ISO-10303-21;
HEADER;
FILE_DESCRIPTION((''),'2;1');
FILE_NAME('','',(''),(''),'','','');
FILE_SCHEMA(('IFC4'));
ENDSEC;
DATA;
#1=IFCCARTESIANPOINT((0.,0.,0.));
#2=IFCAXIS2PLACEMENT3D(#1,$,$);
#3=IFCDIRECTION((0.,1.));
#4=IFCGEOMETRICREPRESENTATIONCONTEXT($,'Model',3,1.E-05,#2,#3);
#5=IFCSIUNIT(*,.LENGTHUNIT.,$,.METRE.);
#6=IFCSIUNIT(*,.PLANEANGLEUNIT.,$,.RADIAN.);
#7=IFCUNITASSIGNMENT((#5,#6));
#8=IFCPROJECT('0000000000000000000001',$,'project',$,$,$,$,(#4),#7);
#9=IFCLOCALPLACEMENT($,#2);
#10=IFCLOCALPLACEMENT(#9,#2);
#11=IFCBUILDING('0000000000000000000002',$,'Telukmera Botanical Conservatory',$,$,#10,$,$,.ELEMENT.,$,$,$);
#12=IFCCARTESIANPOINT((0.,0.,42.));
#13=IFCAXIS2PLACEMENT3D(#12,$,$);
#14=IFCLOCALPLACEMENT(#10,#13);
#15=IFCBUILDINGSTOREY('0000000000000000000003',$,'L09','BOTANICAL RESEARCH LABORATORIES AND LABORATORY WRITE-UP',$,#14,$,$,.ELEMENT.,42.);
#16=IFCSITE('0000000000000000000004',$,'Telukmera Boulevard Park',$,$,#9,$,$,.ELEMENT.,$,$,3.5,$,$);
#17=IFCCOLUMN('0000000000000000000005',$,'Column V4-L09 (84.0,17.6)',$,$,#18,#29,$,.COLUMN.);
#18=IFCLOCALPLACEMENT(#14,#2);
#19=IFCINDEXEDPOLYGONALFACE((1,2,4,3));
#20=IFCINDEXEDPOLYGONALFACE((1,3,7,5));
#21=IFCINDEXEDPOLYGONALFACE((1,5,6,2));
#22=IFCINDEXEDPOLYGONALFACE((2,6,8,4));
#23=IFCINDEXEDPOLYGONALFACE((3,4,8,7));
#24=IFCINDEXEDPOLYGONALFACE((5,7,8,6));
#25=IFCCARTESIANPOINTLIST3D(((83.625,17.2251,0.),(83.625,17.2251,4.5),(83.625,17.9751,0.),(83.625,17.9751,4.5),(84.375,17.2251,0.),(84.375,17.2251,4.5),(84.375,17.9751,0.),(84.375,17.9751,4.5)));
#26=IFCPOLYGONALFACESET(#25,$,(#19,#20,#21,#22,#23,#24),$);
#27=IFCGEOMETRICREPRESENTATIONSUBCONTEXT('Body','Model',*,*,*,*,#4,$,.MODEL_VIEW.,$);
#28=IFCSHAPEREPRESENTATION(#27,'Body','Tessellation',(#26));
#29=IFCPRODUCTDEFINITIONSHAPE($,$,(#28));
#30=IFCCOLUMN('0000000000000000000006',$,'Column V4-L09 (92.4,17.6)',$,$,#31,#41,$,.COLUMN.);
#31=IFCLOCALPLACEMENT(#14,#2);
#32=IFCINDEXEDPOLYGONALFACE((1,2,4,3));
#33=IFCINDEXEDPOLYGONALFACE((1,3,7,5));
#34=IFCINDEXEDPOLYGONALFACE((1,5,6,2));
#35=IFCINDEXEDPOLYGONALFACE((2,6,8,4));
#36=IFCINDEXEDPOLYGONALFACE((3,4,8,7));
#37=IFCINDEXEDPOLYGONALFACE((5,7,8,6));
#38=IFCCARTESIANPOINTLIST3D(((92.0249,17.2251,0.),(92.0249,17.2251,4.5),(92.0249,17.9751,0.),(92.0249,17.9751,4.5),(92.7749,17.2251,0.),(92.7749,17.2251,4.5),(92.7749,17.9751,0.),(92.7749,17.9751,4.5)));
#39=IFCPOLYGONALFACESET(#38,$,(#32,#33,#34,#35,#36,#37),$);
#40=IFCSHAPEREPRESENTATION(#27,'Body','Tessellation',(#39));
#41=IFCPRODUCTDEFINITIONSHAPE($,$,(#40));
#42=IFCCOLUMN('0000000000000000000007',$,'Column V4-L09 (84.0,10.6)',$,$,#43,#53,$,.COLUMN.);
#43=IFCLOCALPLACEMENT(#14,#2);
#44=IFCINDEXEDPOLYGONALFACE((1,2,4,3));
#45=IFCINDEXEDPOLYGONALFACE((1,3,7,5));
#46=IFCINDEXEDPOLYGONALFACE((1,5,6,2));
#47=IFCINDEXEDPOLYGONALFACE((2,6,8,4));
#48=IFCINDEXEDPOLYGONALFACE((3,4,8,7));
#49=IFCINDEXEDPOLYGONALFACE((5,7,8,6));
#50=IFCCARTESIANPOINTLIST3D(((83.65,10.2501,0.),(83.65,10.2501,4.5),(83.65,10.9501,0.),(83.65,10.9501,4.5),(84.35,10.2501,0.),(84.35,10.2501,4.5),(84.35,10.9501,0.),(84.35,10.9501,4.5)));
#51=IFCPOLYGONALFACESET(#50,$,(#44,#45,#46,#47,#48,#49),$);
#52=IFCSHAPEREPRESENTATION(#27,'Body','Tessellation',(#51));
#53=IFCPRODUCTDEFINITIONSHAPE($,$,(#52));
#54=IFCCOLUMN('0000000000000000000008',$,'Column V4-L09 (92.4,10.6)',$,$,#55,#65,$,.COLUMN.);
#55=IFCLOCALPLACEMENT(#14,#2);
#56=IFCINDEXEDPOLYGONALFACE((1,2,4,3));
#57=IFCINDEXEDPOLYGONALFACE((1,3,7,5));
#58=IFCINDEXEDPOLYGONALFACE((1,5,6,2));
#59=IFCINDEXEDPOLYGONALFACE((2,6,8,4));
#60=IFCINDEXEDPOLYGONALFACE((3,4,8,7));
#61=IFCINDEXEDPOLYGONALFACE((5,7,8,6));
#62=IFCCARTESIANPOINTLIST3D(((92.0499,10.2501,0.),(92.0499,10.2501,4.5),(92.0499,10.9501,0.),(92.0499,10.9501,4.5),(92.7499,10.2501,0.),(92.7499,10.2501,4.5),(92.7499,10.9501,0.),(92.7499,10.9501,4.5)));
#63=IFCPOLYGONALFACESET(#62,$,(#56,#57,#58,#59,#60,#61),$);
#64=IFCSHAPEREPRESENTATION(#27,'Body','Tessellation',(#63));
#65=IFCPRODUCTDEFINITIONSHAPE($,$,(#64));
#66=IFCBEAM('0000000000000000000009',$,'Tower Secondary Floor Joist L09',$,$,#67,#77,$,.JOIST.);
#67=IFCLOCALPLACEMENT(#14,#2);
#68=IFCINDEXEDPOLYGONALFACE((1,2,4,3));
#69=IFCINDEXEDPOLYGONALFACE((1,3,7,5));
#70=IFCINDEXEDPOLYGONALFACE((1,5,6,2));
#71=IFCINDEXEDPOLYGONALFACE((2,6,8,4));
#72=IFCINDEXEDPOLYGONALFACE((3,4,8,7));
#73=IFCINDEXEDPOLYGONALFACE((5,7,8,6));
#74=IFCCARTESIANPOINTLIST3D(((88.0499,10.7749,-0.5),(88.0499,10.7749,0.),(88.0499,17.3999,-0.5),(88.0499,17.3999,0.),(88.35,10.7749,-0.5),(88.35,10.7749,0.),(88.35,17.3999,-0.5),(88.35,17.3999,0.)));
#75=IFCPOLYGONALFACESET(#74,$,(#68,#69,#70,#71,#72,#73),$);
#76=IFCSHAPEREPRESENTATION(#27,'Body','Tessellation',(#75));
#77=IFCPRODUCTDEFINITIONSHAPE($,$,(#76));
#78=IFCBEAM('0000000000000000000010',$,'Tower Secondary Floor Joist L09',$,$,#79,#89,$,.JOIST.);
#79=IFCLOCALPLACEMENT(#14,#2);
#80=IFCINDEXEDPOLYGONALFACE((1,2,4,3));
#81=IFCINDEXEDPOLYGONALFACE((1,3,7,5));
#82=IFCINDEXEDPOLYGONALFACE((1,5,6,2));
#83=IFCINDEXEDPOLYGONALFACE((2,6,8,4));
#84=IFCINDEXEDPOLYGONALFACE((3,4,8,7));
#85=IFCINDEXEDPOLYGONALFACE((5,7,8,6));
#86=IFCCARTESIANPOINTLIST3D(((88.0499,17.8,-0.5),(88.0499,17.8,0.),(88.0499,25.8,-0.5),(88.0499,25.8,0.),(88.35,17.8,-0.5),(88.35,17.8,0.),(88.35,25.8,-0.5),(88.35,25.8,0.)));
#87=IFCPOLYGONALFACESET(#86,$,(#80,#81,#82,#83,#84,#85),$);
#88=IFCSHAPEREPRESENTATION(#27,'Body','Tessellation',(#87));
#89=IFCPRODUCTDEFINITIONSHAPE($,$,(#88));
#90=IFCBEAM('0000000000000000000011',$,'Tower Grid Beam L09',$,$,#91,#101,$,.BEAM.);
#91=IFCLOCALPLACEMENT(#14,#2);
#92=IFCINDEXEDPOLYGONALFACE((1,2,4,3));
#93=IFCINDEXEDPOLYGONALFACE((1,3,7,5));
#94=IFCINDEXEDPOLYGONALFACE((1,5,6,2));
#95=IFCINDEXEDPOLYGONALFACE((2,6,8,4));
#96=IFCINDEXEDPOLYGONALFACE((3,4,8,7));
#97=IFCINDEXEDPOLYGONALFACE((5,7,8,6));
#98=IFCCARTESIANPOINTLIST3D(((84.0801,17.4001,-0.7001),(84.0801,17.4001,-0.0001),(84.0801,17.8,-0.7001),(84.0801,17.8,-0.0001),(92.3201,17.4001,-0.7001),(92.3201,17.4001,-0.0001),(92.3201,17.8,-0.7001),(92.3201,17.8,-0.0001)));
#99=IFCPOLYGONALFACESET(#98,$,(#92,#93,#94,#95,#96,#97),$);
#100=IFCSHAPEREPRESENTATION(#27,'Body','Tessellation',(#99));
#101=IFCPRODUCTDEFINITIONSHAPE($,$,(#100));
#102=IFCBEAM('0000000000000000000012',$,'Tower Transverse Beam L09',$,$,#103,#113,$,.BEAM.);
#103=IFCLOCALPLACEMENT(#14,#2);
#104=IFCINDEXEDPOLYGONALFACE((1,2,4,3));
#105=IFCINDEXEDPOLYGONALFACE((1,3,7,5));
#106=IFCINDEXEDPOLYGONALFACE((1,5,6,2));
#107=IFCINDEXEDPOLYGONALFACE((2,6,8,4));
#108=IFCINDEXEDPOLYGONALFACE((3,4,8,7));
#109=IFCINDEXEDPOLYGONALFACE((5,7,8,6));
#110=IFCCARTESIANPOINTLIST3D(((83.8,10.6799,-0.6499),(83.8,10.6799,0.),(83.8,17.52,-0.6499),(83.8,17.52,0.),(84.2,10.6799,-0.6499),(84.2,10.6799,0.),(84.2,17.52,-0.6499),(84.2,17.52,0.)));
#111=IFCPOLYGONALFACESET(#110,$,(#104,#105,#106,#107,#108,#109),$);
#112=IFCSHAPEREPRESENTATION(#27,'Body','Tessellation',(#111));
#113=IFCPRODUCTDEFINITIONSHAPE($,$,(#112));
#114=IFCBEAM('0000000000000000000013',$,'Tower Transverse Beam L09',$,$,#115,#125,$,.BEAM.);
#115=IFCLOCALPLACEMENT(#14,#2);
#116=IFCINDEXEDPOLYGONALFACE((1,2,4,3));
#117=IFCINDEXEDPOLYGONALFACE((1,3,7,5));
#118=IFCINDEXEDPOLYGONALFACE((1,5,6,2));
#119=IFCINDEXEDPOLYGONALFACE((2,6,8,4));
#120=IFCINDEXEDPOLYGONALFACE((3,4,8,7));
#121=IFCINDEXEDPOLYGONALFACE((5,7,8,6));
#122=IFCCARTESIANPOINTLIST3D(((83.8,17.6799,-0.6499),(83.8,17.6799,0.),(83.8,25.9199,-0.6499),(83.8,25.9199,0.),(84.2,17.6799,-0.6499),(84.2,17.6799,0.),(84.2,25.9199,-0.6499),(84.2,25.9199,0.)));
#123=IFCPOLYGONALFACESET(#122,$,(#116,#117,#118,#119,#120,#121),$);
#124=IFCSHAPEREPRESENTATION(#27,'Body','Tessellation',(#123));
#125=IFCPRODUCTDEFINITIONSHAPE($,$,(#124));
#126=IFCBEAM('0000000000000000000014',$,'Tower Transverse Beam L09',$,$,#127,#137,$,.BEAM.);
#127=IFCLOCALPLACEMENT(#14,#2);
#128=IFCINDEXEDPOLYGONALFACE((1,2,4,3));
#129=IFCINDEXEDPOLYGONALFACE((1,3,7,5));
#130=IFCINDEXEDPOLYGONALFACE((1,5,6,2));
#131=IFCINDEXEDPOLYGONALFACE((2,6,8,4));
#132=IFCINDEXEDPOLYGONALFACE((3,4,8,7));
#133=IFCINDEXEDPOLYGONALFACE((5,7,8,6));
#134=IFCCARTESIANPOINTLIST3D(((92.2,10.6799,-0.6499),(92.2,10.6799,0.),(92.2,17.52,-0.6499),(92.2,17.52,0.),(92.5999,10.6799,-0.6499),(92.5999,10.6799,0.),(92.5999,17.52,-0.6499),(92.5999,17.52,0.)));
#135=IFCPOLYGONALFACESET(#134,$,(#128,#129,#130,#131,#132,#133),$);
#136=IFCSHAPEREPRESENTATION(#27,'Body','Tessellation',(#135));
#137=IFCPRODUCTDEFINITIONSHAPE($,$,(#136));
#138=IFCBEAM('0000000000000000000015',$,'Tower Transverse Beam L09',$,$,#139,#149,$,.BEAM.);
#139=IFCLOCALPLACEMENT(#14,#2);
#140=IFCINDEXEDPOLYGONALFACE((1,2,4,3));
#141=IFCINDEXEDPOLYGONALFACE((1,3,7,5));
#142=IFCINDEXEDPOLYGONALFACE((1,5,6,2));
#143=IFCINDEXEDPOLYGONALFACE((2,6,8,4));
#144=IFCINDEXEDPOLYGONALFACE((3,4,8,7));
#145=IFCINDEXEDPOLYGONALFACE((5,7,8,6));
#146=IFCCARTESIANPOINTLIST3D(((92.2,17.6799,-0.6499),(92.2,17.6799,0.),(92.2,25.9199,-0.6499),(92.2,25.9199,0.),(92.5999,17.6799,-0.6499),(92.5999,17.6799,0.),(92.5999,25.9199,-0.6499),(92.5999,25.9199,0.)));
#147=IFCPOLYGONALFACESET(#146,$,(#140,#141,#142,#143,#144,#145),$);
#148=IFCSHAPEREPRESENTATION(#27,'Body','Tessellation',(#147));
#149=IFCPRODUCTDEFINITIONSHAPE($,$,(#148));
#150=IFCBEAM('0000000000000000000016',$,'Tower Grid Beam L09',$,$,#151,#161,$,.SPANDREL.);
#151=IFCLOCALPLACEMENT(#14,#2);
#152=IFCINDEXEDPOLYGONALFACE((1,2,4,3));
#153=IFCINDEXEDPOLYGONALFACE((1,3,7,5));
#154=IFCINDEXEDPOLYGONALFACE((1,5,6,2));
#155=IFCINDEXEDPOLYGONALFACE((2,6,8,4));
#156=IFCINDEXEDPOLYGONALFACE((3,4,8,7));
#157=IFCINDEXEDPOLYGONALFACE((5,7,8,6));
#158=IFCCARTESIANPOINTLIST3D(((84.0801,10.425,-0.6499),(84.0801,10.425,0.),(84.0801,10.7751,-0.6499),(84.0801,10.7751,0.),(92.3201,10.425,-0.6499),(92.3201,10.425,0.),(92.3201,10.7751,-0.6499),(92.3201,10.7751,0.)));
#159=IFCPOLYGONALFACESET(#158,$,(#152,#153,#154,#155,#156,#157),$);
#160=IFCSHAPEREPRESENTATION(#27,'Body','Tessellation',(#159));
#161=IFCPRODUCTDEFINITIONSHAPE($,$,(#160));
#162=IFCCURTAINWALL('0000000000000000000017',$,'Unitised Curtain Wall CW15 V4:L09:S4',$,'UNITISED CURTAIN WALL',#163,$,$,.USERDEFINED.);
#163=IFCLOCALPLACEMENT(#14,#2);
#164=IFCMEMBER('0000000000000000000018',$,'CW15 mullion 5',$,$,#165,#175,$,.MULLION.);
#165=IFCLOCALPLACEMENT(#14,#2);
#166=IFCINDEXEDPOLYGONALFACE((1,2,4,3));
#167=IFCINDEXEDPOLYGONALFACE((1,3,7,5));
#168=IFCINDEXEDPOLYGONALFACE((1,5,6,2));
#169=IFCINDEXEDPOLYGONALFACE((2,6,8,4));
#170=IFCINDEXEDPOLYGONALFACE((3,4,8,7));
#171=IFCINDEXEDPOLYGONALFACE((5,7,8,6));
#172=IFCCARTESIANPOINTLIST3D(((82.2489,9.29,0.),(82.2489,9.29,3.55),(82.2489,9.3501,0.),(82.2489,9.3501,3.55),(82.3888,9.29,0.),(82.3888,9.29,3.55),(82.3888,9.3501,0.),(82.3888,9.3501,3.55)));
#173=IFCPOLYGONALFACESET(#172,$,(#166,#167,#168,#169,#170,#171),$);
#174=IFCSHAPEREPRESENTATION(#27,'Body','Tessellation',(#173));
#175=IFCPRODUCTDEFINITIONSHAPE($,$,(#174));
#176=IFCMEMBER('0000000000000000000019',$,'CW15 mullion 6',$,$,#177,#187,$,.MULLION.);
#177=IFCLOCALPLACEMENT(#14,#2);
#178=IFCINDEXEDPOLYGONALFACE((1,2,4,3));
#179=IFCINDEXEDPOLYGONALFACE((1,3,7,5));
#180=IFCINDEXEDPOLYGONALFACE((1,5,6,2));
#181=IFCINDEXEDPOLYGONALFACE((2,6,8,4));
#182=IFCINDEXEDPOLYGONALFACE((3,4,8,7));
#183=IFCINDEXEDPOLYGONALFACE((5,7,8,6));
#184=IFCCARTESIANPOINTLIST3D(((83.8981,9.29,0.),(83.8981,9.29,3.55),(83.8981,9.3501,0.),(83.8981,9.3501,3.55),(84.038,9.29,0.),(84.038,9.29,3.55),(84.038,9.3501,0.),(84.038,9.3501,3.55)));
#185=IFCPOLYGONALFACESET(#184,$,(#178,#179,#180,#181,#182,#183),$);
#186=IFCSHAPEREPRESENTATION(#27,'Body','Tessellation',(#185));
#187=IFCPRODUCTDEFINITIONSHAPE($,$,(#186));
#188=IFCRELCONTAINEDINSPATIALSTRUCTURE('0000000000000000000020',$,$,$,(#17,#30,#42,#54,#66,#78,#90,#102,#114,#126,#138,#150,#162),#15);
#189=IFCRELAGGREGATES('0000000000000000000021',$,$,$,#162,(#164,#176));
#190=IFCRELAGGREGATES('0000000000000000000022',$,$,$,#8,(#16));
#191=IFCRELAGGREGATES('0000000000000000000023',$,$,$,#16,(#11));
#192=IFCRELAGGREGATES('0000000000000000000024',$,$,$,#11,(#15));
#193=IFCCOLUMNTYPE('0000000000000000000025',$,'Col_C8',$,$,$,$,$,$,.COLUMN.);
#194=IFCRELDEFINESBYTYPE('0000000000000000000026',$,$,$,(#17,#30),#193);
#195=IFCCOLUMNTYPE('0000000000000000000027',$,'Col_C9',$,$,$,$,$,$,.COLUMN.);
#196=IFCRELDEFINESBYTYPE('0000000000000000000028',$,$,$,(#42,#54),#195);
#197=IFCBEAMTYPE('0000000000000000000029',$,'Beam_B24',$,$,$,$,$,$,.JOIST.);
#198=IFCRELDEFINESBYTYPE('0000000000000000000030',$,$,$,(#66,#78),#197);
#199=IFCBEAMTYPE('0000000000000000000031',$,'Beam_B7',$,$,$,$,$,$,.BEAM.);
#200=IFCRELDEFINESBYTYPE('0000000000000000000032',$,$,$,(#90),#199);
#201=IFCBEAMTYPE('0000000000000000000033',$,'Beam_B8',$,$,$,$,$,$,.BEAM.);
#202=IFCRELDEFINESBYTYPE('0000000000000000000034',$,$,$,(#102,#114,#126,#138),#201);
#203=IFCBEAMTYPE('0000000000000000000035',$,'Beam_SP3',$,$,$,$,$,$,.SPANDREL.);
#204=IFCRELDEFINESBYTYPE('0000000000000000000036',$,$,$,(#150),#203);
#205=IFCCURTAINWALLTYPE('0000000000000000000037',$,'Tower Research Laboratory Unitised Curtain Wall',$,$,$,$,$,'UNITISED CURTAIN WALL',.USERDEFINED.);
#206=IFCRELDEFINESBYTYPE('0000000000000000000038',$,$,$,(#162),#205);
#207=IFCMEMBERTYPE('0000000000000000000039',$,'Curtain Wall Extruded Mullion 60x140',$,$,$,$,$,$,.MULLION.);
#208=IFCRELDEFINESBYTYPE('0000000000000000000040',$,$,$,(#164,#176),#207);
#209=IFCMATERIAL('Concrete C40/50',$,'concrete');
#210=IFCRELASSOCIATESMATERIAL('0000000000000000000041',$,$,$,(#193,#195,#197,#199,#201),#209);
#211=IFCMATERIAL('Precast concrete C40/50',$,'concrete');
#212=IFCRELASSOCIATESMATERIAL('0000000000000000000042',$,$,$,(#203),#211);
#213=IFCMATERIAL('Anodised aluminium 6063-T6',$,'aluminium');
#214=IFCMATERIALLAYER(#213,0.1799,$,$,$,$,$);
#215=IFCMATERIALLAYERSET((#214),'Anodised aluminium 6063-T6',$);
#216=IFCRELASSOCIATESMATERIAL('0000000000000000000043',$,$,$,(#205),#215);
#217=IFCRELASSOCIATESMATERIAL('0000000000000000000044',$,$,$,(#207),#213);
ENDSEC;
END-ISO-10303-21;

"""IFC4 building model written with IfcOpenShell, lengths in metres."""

from ifc_helpers import new_model, si_unit, direction, frame, origin, origin_2d, place, context, subcontext, project, spatial, rectangle, extrude, material, layer, layer_set, material_profile, profile_set, type_object, element, aggregate, save


model = new_model("IFC4")

# Units and contexts
model_context = context("Model", 3, precision=1e-05, world=origin(), true_north=direction((0.0, 1.0)))
body_context = subcontext(model_context, "Body", "Model", "MODEL_VIEW")
ifc_project = project(units=[si_unit("LENGTHUNIT", "METRE"), si_unit("PLANEANGLEUNIT", "RADIAN")], contexts=[model_context])

# Site, building, storey
site_placement = place(None, origin())
site = spatial("IfcSite", under=ifc_project, at=site_placement, Name="Telukmera Boulevard Park", CompositionType="ELEMENT", RefElevation=3.5)
building_placement = place(site_placement, origin())
building = spatial("IfcBuilding", under=site, at=building_placement, Name="Telukmera Botanical Conservatory", CompositionType="ELEMENT")
storey_placement = place(building_placement, frame((0.0, 0.0, 42.0)))
storey = spatial("IfcBuildingStorey", under=building, at=storey_placement, Name="L09", Description="BOTANICAL RESEARCH LABORATORIES AND LABORATORY WRITE-UP", CompositionType="ELEMENT", Elevation=42.0)

# Columns
ifc_material_1 = material(Name="Concrete C40/50", Category="concrete")
ifc_material_profile_1 = material_profile(ifc_material_1, rectangle(XDim=0.75, YDim=0.75, at=origin_2d()), Name="RC 750x750")
ifc_profile_set_1 = profile_set([ifc_material_profile_1], Name="Concrete C40/50")
column_type_1 = type_object("IfcColumnType", Name="Col_C8", PredefinedType="COLUMN", material=ifc_profile_set_1)
for number, where, z_axis, x_axis, name in (
    (1, (84.0, 17.6001, 0.0), (0.0, 0.0, 1.0), (1.0, 0.0, 0.0), "Column V4-L09 (84.0,17.6)"),
    (2, (92.3999, 17.6001, 0.0), (0.0, 0.0, 1.0), (1.0, 0.0, 0.0), "Column V4-L09 (92.4,17.6)"),
):
    element("IfcColumn", number, at=place(storey_placement, frame(where, z_axis=z_axis, x_axis=x_axis)), inside=storey, type_object=column_type_1, Name=name, PredefinedType="COLUMN", context=body_context, shape_type="SweptSolid", body=[
        extrude(rectangle(XDim=0.75, YDim=0.75, at=origin_2d()), origin(), (0.0, 0.0, 1.0), 4.5),
    ])
ifc_material_profile_2 = material_profile(ifc_material_1, rectangle(XDim=0.7, YDim=0.7, at=origin_2d()), Name="RC 700x700")
ifc_profile_set_2 = profile_set([ifc_material_profile_2], Name="Concrete C40/50")
column_type_2 = type_object("IfcColumnType", Name="Col_C9", PredefinedType="COLUMN", material=ifc_profile_set_2)
for number, where, z_axis, x_axis, name in (
    (3, (84.0, 10.6001, 0.0), (0.0, 0.0, 1.0), (1.0, 0.0, 0.0), "Column V4-L09 (84.0,10.6)"),
    (4, (92.3999, 10.6001, 0.0), (0.0, 0.0, 1.0), (1.0, 0.0, 0.0), "Column V4-L09 (92.4,10.6)"),
):
    element("IfcColumn", number, at=place(storey_placement, frame(where, z_axis=z_axis, x_axis=x_axis)), inside=storey, type_object=column_type_2, Name=name, PredefinedType="COLUMN", context=body_context, shape_type="SweptSolid", body=[
        extrude(rectangle(XDim=0.7, YDim=0.7, at=origin_2d()), origin(), (0.0, 0.0, 1.0), 4.5),
    ])

# Beams
ifc_material_profile_3 = material_profile(ifc_material_1, rectangle(XDim=0.3, YDim=0.5, at=origin_2d()), Name="RC 300x500")
ifc_profile_set_3 = profile_set([ifc_material_profile_3], Name="Concrete C40/50")
beam_type_1 = type_object("IfcBeamType", Name="Beam_B24", PredefinedType="JOIST", material=ifc_profile_set_3)
beam_1_placement = place(storey_placement, frame((88.2, 10.7749, -0.25), z_axis=(0.0, 1.0, 0.0), x_axis=(-1.0, 0.0, 0.0)))
element("IfcBeam", 5, at=beam_1_placement, inside=storey, type_object=beam_type_1, Name="Tower Secondary Floor Joist L09", PredefinedType="JOIST", context=body_context, shape_type="SweptSolid", body=[
    extrude(rectangle(XDim=0.3, YDim=0.5, at=origin_2d()), origin(), (0.0, 0.0, 1.0), 6.625),
])
beam_2_placement = place(storey_placement, frame((88.2, 17.8, -0.25), z_axis=(0.0, 1.0, 0.0), x_axis=(-1.0, 0.0, 0.0)))
element("IfcBeam", 6, at=beam_2_placement, inside=storey, type_object=beam_type_1, Name="Tower Secondary Floor Joist L09", PredefinedType="JOIST", context=body_context, shape_type="SweptSolid", body=[
    extrude(rectangle(XDim=0.3, YDim=0.5, at=origin_2d()), origin(), (0.0, 0.0, 1.0), 8.0),
])
ifc_material_profile_4 = material_profile(ifc_material_1, rectangle(XDim=0.3999, YDim=0.7, at=origin_2d()), Name="RC 400x700")
ifc_profile_set_4 = profile_set([ifc_material_profile_4], Name="Concrete C40/50")
beam_type_2 = type_object("IfcBeamType", Name="Beam_B7", PredefinedType="BEAM", material=ifc_profile_set_4)
beam_3_placement = place(storey_placement, frame((84.0801, 17.6001, -0.3501), z_axis=(1.0, 0.0, 0.0), x_axis=(0.0, 1.0, 0.0)))
element("IfcBeam", 7, at=beam_3_placement, inside=storey, type_object=beam_type_2, Name="Tower Grid Beam L09", PredefinedType="BEAM", context=body_context, shape_type="SweptSolid", body=[
    extrude(rectangle(XDim=0.3999, YDim=0.7, at=origin_2d()), origin(), (0.0, 0.0, 1.0), 8.24),
])
ifc_material_profile_5 = material_profile(ifc_material_1, rectangle(XDim=0.3999, YDim=0.6499, at=origin_2d()), Name="RC 400x650")
ifc_profile_set_5 = profile_set([ifc_material_profile_5], Name="Concrete C40/50")
beam_type_3 = type_object("IfcBeamType", Name="Beam_B8", PredefinedType="BEAM", material=ifc_profile_set_5)
beam_4_placement = place(storey_placement, frame((84.0, 10.6799, -0.325), z_axis=(0.0, 1.0, 0.0), x_axis=(-1.0, 0.0, 0.0)))
element("IfcBeam", 8, at=beam_4_placement, inside=storey, type_object=beam_type_3, Name="Tower Transverse Beam L09", PredefinedType="BEAM", context=body_context, shape_type="SweptSolid", body=[
    extrude(rectangle(XDim=0.3999, YDim=0.6499, at=origin_2d()), origin(), (0.0, 0.0, 1.0), 6.8401),
])
beam_5_placement = place(storey_placement, frame((84.0, 17.6799, -0.325), z_axis=(0.0, 1.0, 0.0), x_axis=(-1.0, 0.0, 0.0)))
element("IfcBeam", 9, at=beam_5_placement, inside=storey, type_object=beam_type_3, Name="Tower Transverse Beam L09", PredefinedType="BEAM", context=body_context, shape_type="SweptSolid", body=[
    extrude(rectangle(XDim=0.3999, YDim=0.6499, at=origin_2d()), origin(), (0.0, 0.0, 1.0), 8.24),
])
beam_6_placement = place(storey_placement, frame((92.3999, 10.6799, -0.325), z_axis=(0.0, 1.0, 0.0), x_axis=(-1.0, 0.0, 0.0)))
element("IfcBeam", 10, at=beam_6_placement, inside=storey, type_object=beam_type_3, Name="Tower Transverse Beam L09", PredefinedType="BEAM", context=body_context, shape_type="SweptSolid", body=[
    extrude(rectangle(XDim=0.3999, YDim=0.6499, at=origin_2d()), origin(), (0.0, 0.0, 1.0), 6.8401),
])
beam_7_placement = place(storey_placement, frame((92.3999, 17.6799, -0.325), z_axis=(0.0, 1.0, 0.0), x_axis=(-1.0, 0.0, 0.0)))
element("IfcBeam", 11, at=beam_7_placement, inside=storey, type_object=beam_type_3, Name="Tower Transverse Beam L09", PredefinedType="BEAM", context=body_context, shape_type="SweptSolid", body=[
    extrude(rectangle(XDim=0.3999, YDim=0.6499, at=origin_2d()), origin(), (0.0, 0.0, 1.0), 8.24),
])
ifc_material_2 = material(Name="Precast concrete C40/50", Category="concrete")
ifc_material_profile_6 = material_profile(ifc_material_2, rectangle(XDim=0.3501, YDim=0.6499, at=origin_2d()), Name="PC 350x650")
ifc_profile_set_6 = profile_set([ifc_material_profile_6], Name="Precast concrete C40/50")
beam_type_4 = type_object("IfcBeamType", Name="Beam_SP3", PredefinedType="SPANDREL", material=ifc_profile_set_6)
beam_8_placement = place(storey_placement, frame((84.0801, 10.6001, -0.325), z_axis=(1.0, 0.0, 0.0), x_axis=(0.0, 1.0, 0.0)))
element("IfcBeam", 12, at=beam_8_placement, inside=storey, type_object=beam_type_4, Name="Tower Grid Beam L09", PredefinedType="SPANDREL", context=body_context, shape_type="SweptSolid", body=[
    extrude(rectangle(XDim=0.3501, YDim=0.6499, at=origin_2d()), origin(), (0.0, 0.0, 1.0), 8.24),
])

# Curtain wall, members
ifc_material_3 = material(Name="Anodised aluminium 6063-T6", Category="aluminium")
ifc_layer_1 = layer(ifc_material_3, 0.1799)
ifc_layer_set_1 = layer_set([ifc_layer_1], Name="Anodised aluminium 6063-T6")
curtain_wall_type = type_object("IfcCurtainWallType", Name="Tower Research Laboratory Unitised Curtain Wall", ElementType="UNITISED CURTAIN WALL", PredefinedType="USERDEFINED", material=ifc_layer_set_1)
curtain_wall_1_placement = place(storey_placement, origin())
curtain_wall_1 = element("IfcCurtainWall", 13, at=curtain_wall_1_placement, inside=storey, type_object=curtain_wall_type, Name="Unitised Curtain Wall CW15 V4:L09:S4", ObjectType="UNITISED CURTAIN WALL", PredefinedType="USERDEFINED")
ifc_material_profile_7 = material_profile(ifc_material_3, rectangle(XDim=0.0601, YDim=0.1399, at=origin_2d()), Name="ALU MULL 60x140")
ifc_profile_set_7 = profile_set([ifc_material_profile_7], Name="Anodised aluminium 6063-T6")
member_type_1 = type_object("IfcMemberType", Name="Curtain Wall Extruded Mullion 60x140", PredefinedType="MULLION", material=ifc_profile_set_7)
member_1_placement = place(storey_placement, frame((82.3188, 9.3201, 0.0), z_axis=(0.0, 0.0, 1.0), x_axis=(0.0, 1.0, 0.0)))
member_1 = element("IfcMember", 14, at=member_1_placement, type_object=member_type_1, Name="CW15 mullion 5", PredefinedType="MULLION", context=body_context, shape_type="SweptSolid", body=[
    extrude(rectangle(XDim=0.0601, YDim=0.1399, at=origin_2d()), origin(), (0.0, 0.0, 1.0), 3.55),
])
member_2_placement = place(storey_placement, frame((83.968, 9.3201, 0.0), z_axis=(0.0, 0.0, 1.0), x_axis=(0.0, 1.0, 0.0)))
member_2 = element("IfcMember", 15, at=member_2_placement, type_object=member_type_1, Name="CW15 mullion 6", PredefinedType="MULLION", context=body_context, shape_type="SweptSolid", body=[
    extrude(rectangle(XDim=0.0601, YDim=0.1399, at=origin_2d()), origin(), (0.0, 0.0, 1.0), 3.55),
])

aggregate(curtain_wall_1, [member_1, member_2])

save(model, "model.ifc")
